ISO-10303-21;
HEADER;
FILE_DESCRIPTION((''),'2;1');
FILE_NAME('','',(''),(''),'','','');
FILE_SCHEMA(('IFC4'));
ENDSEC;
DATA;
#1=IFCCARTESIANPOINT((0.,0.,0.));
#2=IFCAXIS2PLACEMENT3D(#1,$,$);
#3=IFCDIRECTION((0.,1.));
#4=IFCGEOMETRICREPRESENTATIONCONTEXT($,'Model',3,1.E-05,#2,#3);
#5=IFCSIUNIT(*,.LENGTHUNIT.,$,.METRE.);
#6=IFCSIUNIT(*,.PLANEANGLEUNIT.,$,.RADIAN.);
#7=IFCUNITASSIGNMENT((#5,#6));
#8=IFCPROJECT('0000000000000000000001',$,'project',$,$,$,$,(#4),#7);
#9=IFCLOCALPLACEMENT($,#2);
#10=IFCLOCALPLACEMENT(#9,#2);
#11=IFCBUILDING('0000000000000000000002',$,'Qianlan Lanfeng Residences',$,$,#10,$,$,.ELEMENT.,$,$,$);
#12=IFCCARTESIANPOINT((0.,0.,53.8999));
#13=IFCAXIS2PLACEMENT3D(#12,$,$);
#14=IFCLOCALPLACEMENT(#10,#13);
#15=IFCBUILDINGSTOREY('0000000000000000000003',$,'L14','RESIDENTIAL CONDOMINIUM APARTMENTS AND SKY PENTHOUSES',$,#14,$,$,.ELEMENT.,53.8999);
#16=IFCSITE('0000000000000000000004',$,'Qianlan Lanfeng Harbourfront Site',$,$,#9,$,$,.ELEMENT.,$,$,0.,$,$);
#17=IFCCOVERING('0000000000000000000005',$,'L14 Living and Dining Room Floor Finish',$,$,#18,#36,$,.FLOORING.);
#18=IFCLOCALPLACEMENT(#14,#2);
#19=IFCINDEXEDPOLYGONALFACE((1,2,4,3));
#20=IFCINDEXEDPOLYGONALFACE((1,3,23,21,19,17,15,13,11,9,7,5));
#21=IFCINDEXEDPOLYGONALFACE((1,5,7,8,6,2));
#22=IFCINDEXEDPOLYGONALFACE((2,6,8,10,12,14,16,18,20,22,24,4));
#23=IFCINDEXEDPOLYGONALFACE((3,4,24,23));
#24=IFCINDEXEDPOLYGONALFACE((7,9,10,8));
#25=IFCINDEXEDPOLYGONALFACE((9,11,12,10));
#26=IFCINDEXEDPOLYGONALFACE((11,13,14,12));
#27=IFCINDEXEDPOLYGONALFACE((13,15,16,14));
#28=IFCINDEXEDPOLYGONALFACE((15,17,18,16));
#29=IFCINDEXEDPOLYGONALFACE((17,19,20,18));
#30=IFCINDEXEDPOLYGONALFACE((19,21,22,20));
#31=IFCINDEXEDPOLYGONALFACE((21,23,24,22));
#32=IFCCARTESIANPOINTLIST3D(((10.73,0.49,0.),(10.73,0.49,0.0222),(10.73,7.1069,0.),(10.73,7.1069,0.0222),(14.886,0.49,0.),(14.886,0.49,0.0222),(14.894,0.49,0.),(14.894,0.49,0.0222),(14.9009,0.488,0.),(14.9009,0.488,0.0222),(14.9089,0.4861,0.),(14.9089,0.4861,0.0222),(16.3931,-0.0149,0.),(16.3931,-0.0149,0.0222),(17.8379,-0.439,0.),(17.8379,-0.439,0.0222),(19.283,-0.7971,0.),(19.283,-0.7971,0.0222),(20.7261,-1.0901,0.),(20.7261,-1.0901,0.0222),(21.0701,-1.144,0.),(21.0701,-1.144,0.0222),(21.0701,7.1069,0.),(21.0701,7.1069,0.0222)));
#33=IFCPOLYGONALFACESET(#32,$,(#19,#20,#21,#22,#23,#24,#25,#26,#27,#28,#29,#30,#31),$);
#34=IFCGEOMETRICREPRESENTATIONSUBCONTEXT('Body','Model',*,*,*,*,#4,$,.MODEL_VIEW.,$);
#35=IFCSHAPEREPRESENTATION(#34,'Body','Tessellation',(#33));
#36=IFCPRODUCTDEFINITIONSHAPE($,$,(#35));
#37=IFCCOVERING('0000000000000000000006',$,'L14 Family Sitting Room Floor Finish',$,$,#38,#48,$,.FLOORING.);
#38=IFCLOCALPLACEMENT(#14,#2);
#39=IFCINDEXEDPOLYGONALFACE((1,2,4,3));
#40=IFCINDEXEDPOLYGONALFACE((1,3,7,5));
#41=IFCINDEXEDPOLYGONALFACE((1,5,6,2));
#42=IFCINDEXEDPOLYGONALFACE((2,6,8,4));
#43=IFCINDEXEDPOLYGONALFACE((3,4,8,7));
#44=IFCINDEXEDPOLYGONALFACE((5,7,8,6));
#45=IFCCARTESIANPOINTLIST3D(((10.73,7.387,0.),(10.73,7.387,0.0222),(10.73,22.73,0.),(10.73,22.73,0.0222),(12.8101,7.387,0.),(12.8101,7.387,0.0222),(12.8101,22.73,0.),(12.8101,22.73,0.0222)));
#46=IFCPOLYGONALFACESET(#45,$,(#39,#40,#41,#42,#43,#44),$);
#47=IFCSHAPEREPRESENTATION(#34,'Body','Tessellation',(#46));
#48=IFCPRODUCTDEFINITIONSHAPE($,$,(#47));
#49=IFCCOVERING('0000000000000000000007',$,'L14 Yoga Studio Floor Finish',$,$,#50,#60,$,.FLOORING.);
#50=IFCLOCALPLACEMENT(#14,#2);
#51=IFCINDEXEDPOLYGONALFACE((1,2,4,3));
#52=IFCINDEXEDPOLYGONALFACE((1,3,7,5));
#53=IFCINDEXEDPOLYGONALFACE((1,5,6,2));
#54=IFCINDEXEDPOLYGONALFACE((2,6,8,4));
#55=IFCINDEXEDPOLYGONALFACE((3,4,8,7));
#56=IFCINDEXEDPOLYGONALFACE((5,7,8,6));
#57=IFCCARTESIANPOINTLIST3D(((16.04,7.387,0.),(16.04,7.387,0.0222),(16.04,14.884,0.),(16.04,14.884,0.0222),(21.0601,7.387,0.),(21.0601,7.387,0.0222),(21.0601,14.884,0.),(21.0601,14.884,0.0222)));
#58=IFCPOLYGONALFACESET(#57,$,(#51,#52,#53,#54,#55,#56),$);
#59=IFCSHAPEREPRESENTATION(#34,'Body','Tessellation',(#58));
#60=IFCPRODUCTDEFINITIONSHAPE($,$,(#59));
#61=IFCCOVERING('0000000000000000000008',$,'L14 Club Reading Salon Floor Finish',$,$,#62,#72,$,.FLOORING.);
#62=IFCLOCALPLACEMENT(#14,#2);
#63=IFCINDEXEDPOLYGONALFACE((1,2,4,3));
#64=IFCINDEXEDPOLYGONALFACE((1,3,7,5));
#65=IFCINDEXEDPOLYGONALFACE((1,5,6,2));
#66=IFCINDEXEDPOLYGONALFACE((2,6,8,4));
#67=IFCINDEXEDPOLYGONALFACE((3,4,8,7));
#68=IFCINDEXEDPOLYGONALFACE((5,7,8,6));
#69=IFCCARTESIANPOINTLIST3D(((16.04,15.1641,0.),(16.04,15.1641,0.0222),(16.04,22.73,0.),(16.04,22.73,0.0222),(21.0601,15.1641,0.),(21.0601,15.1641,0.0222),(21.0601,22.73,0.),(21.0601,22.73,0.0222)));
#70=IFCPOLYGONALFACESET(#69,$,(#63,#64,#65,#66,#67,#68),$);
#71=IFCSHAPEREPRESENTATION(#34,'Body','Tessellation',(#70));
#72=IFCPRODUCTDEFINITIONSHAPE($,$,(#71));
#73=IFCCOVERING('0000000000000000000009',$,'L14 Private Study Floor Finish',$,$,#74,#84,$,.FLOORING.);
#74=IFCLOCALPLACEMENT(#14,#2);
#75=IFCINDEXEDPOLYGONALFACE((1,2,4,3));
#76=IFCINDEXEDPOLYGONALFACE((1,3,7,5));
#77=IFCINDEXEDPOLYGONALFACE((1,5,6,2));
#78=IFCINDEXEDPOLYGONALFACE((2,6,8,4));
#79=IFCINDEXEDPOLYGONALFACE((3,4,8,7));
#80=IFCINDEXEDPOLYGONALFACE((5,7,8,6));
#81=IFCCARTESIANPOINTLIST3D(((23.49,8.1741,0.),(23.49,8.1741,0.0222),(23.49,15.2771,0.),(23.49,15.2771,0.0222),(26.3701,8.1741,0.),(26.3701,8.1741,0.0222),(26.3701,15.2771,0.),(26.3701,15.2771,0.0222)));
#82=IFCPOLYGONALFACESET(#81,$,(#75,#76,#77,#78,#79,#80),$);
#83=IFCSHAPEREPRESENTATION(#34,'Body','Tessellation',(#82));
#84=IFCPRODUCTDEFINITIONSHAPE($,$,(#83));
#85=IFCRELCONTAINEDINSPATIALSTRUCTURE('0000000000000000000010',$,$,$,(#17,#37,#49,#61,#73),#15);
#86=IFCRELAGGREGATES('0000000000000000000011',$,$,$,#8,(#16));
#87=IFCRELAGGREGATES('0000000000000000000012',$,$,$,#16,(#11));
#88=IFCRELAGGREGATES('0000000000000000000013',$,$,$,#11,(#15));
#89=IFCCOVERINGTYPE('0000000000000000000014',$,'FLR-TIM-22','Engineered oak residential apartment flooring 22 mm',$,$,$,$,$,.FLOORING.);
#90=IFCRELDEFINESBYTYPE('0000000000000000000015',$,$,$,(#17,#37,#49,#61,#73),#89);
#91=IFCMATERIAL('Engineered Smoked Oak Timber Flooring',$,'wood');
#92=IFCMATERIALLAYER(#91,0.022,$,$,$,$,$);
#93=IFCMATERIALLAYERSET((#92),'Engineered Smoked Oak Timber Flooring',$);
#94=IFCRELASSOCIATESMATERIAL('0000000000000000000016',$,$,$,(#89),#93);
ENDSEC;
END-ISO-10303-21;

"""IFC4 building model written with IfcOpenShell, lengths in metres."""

from ifc_helpers import new_model, si_unit, direction, frame, origin, place, context, subcontext, project, spatial, polyline, outline, extrude, material, layer, layer_set, type_object, element, save


model = new_model("IFC4")

# Units and contexts
model_context = context("Model", 3, precision=1e-05, world=origin(), true_north=direction((0.0, 1.0)))
body_context = subcontext(model_context, "Body", "Model", "MODEL_VIEW")
ifc_project = project(units=[si_unit("LENGTHUNIT", "METRE"), si_unit("PLANEANGLEUNIT", "RADIAN")], contexts=[model_context])

# Site, building, storey
site_placement = place(None, origin())
site = spatial("IfcSite", under=ifc_project, at=site_placement, Name="Qianlan Lanfeng Harbourfront Site", CompositionType="ELEMENT", RefElevation=0.0)
building_placement = place(site_placement, origin())
building = spatial("IfcBuilding", under=site, at=building_placement, Name="Qianlan Lanfeng Residences", CompositionType="ELEMENT")
storey_placement = place(building_placement, frame((0.0, 0.0, 53.8999)))
storey = spatial("IfcBuildingStorey", under=building, at=storey_placement, Name="L14", Description="RESIDENTIAL CONDOMINIUM APARTMENTS AND SKY PENTHOUSES", CompositionType="ELEMENT", Elevation=53.8999)

# Coverings
ifc_material_1 = material(Name="Engineered Smoked Oak Timber Flooring", Category="wood")
ifc_layer_1 = layer(ifc_material_1, 0.022)
ifc_layer_set_1 = layer_set([ifc_layer_1], Name="Engineered Smoked Oak Timber Flooring")
covering_type_1 = type_object("IfcCoveringType", Name="FLR-TIM-22", Description="Engineered oak residential apartment flooring 22 mm", PredefinedType="FLOORING", material=ifc_layer_set_1)
covering_1_placement = place(storey_placement, origin())
element("IfcCovering", 1, at=covering_1_placement, inside=storey, type_object=covering_type_1, Name="L14 Living and Dining Room Floor Finish", PredefinedType="FLOORING", context=body_context, shape_type="SweptSolid", body=[
    extrude(outline(polyline([(10.73, 7.1069), (10.73, 0.49), (14.886, 0.49), (14.894, 0.49), (14.9009, 0.488), (14.9089, 0.4861), (16.3931, -0.0149), (17.8379, -0.439), (19.283, -0.7971), (20.7261, -1.0901), (21.0701, -1.144), (21.0701, 7.1069), (10.73, 7.1069)])), origin(), (0.0, 0.0, 1.0), 0.0222),
])
covering_2_placement = place(storey_placement, origin())
element("IfcCovering", 2, at=covering_2_placement, inside=storey, type_object=covering_type_1, Name="L14 Family Sitting Room Floor Finish", PredefinedType="FLOORING", context=body_context, shape_type="SweptSolid", body=[
    extrude(outline(polyline([(10.73, 7.387), (12.8101, 7.387), (12.8101, 22.73), (10.73, 22.73), (10.73, 7.387)])), origin(), (0.0, 0.0, 1.0), 0.0222),
])
covering_3_placement = place(storey_placement, origin())
element("IfcCovering", 3, at=covering_3_placement, inside=storey, type_object=covering_type_1, Name="L14 Yoga Studio Floor Finish", PredefinedType="FLOORING", context=body_context, shape_type="SweptSolid", body=[
    extrude(outline(polyline([(16.04, 7.387), (21.0601, 7.387), (21.0601, 14.884), (16.04, 14.884), (16.04, 7.387)])), origin(), (0.0, 0.0, 1.0), 0.0222),
])
covering_4_placement = place(storey_placement, origin())
element("IfcCovering", 4, at=covering_4_placement, inside=storey, type_object=covering_type_1, Name="L14 Club Reading Salon Floor Finish", PredefinedType="FLOORING", context=body_context, shape_type="SweptSolid", body=[
    extrude(outline(polyline([(16.04, 15.1641), (21.0601, 15.1641), (21.0601, 22.73), (16.04, 22.73), (16.04, 15.1641)])), origin(), (0.0, 0.0, 1.0), 0.0222),
])
covering_5_placement = place(storey_placement, origin())
element("IfcCovering", 5, at=covering_5_placement, inside=storey, type_object=covering_type_1, Name="L14 Private Study Floor Finish", PredefinedType="FLOORING", context=body_context, shape_type="SweptSolid", body=[
    extrude(outline(polyline([(23.49, 8.1741), (26.3701, 8.1741), (26.3701, 15.2771), (23.49, 15.2771), (23.49, 8.1741)])), origin(), (0.0, 0.0, 1.0), 0.0222),
])

save(model, "model.ifc")
